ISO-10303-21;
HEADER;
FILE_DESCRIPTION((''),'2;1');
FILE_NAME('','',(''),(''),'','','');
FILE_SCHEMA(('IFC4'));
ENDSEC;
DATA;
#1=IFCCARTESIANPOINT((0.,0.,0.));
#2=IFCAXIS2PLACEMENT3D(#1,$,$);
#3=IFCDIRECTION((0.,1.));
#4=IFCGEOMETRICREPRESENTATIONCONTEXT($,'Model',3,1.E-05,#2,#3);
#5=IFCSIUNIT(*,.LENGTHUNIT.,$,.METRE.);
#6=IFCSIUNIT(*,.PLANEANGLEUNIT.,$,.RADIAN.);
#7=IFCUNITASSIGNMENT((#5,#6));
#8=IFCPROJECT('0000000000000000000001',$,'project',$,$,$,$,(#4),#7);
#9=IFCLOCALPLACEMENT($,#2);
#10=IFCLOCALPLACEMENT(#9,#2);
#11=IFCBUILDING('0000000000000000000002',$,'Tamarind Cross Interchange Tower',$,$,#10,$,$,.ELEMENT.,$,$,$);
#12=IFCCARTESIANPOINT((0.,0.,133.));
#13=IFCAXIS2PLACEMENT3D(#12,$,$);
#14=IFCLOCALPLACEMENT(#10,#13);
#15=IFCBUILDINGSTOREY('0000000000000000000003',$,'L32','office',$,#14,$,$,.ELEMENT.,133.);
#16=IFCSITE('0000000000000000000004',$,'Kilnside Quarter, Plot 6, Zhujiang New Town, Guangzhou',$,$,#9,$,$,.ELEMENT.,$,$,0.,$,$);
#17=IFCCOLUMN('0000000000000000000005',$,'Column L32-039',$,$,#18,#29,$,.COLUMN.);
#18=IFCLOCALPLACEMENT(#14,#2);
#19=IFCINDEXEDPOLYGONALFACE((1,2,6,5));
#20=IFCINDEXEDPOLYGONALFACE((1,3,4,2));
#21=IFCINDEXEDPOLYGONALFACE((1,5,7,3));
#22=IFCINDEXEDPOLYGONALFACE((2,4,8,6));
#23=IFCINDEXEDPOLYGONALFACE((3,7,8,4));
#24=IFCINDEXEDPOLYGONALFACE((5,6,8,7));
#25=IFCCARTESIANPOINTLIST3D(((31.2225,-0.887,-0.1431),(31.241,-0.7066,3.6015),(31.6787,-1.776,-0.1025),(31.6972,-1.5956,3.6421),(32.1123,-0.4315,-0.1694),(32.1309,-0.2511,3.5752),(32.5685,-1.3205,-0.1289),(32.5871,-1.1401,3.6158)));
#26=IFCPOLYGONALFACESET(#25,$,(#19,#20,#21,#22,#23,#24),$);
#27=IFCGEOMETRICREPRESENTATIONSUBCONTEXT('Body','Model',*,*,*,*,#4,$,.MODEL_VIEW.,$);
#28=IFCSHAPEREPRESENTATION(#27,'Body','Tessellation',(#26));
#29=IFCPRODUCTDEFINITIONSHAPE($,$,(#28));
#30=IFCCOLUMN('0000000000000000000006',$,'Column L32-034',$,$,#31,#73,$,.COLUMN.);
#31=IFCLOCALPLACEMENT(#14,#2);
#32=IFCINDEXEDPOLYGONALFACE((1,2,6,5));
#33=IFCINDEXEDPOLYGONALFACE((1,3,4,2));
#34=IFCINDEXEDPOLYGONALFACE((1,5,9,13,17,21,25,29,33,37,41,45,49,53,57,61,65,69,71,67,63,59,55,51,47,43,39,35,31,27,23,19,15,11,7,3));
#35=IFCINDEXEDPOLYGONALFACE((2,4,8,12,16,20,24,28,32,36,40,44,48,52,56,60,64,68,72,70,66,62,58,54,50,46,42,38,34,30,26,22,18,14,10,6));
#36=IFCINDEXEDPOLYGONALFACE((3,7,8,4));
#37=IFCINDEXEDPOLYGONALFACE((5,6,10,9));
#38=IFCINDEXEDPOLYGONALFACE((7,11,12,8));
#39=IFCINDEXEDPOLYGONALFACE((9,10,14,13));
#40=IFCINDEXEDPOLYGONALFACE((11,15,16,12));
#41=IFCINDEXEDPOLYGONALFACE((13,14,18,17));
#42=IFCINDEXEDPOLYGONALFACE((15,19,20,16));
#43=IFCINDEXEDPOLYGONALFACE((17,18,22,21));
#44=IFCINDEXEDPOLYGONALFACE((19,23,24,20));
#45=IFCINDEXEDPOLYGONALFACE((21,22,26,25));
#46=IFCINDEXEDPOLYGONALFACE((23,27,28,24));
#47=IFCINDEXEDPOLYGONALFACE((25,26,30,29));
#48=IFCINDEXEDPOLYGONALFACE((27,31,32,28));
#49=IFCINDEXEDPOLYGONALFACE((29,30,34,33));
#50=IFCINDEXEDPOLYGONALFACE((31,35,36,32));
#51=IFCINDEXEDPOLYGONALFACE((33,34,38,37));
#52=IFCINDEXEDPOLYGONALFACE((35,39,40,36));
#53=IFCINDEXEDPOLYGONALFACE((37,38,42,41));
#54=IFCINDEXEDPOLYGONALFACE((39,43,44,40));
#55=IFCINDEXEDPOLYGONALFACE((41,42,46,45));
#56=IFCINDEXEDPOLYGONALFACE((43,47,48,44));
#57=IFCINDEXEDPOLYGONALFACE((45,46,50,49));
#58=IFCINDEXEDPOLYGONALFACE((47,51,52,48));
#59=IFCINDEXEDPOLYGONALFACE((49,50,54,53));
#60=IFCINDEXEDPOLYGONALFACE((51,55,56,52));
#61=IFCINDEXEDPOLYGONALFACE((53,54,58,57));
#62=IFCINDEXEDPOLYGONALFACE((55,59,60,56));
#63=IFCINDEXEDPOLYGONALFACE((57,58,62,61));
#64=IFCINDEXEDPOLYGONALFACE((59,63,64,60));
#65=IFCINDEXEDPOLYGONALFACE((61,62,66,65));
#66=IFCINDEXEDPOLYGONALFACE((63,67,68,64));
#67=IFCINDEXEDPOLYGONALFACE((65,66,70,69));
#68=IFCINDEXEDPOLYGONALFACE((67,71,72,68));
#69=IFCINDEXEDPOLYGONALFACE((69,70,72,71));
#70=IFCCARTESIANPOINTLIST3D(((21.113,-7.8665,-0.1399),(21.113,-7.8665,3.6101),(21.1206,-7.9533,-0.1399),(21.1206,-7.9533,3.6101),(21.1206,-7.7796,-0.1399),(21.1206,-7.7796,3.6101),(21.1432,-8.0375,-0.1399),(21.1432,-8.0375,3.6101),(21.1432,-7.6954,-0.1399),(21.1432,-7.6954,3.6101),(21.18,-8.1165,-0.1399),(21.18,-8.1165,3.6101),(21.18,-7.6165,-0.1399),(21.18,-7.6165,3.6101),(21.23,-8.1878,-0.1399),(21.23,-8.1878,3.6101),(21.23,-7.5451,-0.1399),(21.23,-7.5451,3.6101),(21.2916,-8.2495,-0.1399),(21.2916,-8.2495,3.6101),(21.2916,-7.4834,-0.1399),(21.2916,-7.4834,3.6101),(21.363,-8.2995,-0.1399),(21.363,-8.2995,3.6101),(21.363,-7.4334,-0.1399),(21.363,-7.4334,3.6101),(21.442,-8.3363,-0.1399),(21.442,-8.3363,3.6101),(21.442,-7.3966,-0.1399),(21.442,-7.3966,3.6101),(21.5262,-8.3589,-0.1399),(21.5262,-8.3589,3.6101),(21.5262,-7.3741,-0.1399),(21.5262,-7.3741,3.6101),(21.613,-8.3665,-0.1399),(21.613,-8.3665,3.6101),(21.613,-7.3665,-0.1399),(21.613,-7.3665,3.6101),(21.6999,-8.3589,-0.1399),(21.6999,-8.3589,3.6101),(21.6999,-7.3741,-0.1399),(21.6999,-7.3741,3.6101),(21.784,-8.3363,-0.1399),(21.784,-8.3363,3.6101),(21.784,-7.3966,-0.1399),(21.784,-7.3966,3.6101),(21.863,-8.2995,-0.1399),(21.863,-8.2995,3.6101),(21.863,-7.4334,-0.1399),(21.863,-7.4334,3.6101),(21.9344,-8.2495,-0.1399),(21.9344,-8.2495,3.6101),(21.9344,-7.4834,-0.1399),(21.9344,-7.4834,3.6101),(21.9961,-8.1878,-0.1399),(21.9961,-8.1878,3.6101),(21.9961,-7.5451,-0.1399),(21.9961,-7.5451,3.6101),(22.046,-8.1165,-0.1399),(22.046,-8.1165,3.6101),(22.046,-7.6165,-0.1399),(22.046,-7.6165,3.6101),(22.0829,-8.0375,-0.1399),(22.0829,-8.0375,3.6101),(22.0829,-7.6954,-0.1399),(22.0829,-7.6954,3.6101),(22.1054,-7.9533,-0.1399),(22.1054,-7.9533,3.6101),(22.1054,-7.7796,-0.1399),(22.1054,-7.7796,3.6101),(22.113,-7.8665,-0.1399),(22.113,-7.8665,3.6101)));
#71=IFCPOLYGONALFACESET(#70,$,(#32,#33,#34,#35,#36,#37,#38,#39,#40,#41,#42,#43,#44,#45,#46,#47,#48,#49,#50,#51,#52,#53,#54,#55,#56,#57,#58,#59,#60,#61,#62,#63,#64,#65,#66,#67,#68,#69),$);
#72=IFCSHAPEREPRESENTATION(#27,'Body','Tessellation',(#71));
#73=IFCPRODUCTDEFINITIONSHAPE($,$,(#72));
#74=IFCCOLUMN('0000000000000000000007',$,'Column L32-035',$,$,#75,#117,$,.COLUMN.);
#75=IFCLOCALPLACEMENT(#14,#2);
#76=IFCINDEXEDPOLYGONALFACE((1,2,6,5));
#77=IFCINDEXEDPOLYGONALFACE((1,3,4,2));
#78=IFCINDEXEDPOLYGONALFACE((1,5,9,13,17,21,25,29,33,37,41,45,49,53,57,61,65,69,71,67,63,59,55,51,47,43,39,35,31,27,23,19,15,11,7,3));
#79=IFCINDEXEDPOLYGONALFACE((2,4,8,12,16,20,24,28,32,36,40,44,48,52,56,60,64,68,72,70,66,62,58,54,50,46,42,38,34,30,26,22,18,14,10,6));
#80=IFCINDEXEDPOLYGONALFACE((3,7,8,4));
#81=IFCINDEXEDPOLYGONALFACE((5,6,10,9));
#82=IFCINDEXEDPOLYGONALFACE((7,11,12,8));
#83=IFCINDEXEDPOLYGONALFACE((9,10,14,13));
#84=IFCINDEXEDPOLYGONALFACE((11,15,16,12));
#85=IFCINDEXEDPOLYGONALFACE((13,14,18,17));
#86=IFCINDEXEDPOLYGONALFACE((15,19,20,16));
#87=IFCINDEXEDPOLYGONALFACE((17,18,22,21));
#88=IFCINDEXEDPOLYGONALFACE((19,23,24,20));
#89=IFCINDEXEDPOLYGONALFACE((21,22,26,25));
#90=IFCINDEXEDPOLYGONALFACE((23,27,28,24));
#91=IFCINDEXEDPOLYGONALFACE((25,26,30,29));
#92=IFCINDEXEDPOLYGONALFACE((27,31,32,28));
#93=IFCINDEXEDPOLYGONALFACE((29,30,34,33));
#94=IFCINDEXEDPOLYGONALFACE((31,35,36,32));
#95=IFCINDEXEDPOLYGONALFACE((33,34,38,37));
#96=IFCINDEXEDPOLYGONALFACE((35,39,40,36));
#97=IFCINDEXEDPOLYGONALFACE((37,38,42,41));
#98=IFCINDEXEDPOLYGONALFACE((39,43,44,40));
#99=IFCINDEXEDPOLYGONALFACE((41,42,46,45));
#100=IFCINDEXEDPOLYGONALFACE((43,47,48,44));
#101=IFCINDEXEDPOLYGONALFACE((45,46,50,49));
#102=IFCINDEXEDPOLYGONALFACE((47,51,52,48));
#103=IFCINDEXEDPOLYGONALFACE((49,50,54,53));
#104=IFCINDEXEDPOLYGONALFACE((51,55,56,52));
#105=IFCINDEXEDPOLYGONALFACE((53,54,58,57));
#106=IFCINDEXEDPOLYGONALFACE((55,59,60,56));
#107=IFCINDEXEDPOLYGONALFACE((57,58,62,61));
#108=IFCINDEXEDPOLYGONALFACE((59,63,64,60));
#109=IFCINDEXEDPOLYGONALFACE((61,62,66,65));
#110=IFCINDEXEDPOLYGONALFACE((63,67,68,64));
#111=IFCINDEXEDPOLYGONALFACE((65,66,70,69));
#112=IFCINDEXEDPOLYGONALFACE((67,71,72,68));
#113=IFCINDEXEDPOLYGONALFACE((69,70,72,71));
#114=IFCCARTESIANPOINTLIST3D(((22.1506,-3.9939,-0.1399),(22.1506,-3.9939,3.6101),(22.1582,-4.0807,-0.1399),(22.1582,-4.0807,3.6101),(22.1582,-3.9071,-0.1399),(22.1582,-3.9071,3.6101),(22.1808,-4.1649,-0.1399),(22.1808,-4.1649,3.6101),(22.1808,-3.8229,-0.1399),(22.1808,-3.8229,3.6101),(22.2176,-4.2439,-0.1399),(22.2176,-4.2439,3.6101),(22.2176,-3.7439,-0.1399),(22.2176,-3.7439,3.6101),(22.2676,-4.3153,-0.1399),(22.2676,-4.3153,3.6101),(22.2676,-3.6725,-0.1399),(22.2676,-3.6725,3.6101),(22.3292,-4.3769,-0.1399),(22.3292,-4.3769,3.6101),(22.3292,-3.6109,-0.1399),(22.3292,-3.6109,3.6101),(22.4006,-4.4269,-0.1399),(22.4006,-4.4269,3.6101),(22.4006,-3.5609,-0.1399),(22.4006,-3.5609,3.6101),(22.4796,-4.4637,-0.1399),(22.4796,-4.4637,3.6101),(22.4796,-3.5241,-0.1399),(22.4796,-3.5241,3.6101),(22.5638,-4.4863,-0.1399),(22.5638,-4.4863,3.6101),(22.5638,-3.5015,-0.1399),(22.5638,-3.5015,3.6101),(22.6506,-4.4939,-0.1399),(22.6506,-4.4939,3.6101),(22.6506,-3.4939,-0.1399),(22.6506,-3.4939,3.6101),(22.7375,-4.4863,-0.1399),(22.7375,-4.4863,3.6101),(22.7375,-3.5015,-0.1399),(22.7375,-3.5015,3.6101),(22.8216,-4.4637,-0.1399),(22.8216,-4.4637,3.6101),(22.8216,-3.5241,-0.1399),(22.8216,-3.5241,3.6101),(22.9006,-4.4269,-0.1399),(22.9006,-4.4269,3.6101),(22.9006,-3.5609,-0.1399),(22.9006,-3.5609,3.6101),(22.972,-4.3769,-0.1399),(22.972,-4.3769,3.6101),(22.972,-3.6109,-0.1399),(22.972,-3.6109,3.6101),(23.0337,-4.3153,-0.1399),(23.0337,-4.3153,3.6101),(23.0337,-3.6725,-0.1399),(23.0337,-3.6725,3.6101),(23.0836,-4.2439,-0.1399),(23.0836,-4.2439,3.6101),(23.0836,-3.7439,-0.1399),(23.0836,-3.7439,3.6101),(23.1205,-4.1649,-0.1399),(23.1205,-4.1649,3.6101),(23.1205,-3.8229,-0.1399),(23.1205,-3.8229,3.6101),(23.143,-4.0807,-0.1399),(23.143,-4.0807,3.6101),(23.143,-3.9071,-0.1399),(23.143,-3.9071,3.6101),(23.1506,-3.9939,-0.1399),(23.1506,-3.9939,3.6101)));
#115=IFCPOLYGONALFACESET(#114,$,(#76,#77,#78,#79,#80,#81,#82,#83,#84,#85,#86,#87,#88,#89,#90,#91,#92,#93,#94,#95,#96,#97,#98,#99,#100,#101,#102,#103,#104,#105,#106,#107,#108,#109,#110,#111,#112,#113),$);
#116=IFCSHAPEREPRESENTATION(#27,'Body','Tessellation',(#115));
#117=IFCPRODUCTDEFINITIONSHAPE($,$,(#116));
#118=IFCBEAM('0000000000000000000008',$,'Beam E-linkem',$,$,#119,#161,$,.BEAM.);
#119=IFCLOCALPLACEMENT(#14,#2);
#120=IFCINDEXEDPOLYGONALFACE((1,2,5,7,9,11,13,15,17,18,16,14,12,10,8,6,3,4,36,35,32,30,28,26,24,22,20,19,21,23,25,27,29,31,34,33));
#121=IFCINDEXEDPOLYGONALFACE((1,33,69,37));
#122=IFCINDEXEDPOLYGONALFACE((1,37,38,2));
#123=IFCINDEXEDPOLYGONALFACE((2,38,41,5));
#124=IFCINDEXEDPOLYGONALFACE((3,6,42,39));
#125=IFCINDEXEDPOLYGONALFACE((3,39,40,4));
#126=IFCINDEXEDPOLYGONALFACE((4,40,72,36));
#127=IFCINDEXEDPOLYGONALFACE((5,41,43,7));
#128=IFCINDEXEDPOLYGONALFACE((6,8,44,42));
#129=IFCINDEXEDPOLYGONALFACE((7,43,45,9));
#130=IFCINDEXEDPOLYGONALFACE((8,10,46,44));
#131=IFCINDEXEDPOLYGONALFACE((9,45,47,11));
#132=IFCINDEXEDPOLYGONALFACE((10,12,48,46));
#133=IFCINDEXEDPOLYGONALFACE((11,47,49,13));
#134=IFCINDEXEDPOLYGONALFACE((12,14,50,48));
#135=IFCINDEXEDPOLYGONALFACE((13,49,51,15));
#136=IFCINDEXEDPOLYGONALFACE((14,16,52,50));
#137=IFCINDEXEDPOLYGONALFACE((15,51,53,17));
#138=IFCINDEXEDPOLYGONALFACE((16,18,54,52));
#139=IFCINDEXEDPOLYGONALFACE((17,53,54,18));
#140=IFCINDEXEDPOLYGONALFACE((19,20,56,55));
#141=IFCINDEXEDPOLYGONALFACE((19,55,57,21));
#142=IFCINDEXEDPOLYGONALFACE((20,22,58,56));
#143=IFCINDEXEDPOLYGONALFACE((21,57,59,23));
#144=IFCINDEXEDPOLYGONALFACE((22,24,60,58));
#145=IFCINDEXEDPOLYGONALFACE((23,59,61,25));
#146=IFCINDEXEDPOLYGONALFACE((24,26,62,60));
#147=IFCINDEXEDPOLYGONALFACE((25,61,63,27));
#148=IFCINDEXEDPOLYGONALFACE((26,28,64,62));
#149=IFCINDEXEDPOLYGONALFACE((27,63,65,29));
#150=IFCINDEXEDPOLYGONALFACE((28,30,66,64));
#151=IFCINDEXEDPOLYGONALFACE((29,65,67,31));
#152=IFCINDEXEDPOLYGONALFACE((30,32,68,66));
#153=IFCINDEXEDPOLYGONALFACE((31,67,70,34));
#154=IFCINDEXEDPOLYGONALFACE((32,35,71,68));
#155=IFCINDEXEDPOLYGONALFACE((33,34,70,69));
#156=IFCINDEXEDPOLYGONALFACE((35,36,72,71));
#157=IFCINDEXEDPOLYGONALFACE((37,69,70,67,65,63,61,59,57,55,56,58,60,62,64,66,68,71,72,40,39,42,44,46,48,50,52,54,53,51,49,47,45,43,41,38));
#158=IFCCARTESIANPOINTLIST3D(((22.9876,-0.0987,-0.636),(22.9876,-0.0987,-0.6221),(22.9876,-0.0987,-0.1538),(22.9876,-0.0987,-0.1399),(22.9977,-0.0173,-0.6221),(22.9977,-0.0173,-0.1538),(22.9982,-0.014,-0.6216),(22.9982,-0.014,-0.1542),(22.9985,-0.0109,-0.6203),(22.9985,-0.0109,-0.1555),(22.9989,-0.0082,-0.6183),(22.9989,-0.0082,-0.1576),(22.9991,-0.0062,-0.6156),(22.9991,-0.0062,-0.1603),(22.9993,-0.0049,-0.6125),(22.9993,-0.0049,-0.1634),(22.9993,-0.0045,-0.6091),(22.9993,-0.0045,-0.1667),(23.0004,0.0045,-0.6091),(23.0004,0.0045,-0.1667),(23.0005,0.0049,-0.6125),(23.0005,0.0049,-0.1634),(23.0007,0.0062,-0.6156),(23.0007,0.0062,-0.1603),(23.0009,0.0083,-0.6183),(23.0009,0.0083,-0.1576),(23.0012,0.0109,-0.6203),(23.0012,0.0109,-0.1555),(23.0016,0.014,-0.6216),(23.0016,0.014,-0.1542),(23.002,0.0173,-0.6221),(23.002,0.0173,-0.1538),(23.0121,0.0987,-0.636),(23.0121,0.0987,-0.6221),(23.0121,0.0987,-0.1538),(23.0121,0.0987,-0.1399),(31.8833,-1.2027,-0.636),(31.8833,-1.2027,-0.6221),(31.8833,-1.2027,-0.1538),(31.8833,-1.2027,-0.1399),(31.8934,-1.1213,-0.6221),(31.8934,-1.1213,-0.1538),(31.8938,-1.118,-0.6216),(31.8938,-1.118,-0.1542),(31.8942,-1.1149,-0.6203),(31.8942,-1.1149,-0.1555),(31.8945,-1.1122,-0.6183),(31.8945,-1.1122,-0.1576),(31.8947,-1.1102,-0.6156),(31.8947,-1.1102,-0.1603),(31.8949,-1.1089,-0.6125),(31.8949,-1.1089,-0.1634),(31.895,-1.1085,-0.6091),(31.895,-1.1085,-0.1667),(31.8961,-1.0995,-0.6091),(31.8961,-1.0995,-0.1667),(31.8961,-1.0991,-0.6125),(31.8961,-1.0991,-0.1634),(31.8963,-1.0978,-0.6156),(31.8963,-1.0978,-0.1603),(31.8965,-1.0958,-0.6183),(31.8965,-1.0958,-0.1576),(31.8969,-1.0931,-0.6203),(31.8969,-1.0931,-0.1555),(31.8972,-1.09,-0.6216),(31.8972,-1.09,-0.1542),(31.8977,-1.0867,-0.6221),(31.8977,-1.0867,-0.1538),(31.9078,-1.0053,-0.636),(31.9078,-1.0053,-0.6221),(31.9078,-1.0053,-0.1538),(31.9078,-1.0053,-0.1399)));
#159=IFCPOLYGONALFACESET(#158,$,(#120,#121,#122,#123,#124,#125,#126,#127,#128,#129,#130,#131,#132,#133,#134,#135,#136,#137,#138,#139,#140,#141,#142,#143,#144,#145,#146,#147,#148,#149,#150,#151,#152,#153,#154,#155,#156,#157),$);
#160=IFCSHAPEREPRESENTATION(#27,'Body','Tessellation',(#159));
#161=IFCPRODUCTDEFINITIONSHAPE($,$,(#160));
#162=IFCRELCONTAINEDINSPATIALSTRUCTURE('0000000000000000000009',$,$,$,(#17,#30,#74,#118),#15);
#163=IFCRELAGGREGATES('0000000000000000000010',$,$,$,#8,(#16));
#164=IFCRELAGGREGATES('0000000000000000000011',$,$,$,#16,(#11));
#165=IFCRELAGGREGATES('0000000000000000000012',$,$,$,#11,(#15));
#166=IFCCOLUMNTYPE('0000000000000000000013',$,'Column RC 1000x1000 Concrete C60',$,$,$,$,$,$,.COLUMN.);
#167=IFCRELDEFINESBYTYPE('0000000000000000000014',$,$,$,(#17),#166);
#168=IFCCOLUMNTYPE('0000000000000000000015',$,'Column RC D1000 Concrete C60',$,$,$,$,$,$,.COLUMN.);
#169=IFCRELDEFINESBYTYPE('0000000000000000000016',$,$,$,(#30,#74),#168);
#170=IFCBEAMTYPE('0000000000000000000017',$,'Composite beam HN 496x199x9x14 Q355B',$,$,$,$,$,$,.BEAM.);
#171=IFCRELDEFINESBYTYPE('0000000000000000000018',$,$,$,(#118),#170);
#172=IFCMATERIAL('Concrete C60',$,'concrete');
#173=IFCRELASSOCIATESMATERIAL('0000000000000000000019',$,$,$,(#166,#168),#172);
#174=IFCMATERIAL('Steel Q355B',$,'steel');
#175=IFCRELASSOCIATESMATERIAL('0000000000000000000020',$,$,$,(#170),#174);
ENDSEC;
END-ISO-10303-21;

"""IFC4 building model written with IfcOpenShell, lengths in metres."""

from ifc_helpers import new_model, si_unit, direction, frame, origin, origin_2d, place, context, subcontext, project, spatial, rectangle, circle, i_section, extrude, material, material_profile, profile_set, type_object, element, save


model = new_model("IFC4")

# Units and contexts
model_context = context("Model", 3, precision=1e-05, world=origin(), true_north=direction((0.0, 1.0)))
body_context = subcontext(model_context, "Body", "Model", "MODEL_VIEW")
ifc_project = project(units=[si_unit("LENGTHUNIT", "METRE"), si_unit("PLANEANGLEUNIT", "RADIAN")], contexts=[model_context])

# Site, building, storey
site_placement = place(None, origin())
site = spatial("IfcSite", under=ifc_project, at=site_placement, Name="Kilnside Quarter, Plot 6, Zhujiang New Town, Guangzhou", CompositionType="ELEMENT", RefElevation=0.0)
building_placement = place(site_placement, origin())
building = spatial("IfcBuilding", under=site, at=building_placement, Name="Tamarind Cross Interchange Tower", CompositionType="ELEMENT")
storey_placement = place(building_placement, frame((0.0, 0.0, 133.0)))
storey = spatial("IfcBuildingStorey", under=building, at=storey_placement, Name="L32", Description="office", CompositionType="ELEMENT", Elevation=133.0)

# Columns
ifc_material_1 = material(Name="Concrete C60", Category="concrete")
ifc_material_profile_1 = material_profile(ifc_material_1, rectangle(XDim=1.0, YDim=1.0, at=origin_2d()), Name="RC 1000x1000")
ifc_profile_set_1 = profile_set([ifc_material_profile_1], Name="Concrete C60")
column_type_1 = type_object("IfcColumnType", Name="Column RC 1000x1000 Concrete C60", PredefinedType="COLUMN", material=ifc_profile_set_1)
column_placement = place(storey_placement, frame((31.8955, -1.1038, -0.136), z_axis=(0.004949, 0.048125, 0.998829), x_axis=(-0.889859, -0.455475, 0.026354)))
element("IfcColumn", 1, at=column_placement, inside=storey, type_object=column_type_1, Name="Column L32-039", PredefinedType="COLUMN", context=body_context, shape_type="SweptSolid", body=[
    extrude(rectangle(XDim=1.0, YDim=1.0, at=origin_2d()), origin(), (0.0, 0.0, 1.0), 3.749),
])
ifc_material_profile_2 = material_profile(ifc_material_1, circle(Radius=0.5, at=origin_2d()), Name="RC D1000")
ifc_profile_set_2 = profile_set([ifc_material_profile_2], Name="Concrete C60")
column_type_2 = type_object("IfcColumnType", Name="Column RC D1000 Concrete C60", PredefinedType="COLUMN", material=ifc_profile_set_2)
for number, where, z_axis, x_axis, name in (
    (2, (21.613, -7.8665, -0.1399), (0.0, 0.0, 1.0), (1.0, 0.0, 0.0), "Column L32-034"),
    (3, (22.6506, -3.9939, -0.1399), (0.0, 0.0, 1.0), (1.0, 0.0, 0.0), "Column L32-035"),
):
    element("IfcColumn", number, at=place(storey_placement, frame(where, z_axis=z_axis, x_axis=x_axis)), inside=storey, type_object=column_type_2, Name=name, PredefinedType="COLUMN", context=body_context, shape_type="SweptSolid", body=[
        extrude(circle(Radius=0.5, at=origin_2d()), origin(), (0.0, 0.0, 1.0), 3.75),
    ])

# Beam
ifc_material_2 = material(Name="Steel Q355B", Category="steel")
ifc_material_profile_3 = material_profile(ifc_material_2, i_section(OverallWidth=0.199, OverallDepth=0.4961, WebThickness=0.009, FlangeThickness=0.0139, FilletRadius=0.0129, at=origin_2d()), Name="HN 496x199x9x14")
ifc_profile_set_3 = profile_set([ifc_material_profile_3], Name="Steel Q355B")
beam_type_1 = type_object("IfcBeamType", Name="Composite beam HN 496x199x9x14 Q355B", PredefinedType="BEAM", material=ifc_profile_set_3)
beam_1_placement = place(storey_placement, frame((31.8955, -1.104, -0.3879), z_axis=(-0.992386, 0.123163, 0.0), x_axis=(-0.123163, -0.992386, 0.0)))
element("IfcBeam", 4, at=beam_1_placement, inside=storey, type_object=beam_type_1, Name="Beam E-linkem", PredefinedType="BEAM", context=body_context, shape_type="SweptSolid", body=[
    extrude(i_section(OverallWidth=0.199, OverallDepth=0.4961, WebThickness=0.009, FlangeThickness=0.0139, FilletRadius=0.0129, at=origin_2d()), origin(), (0.0, 0.0, 1.0), 8.9639),
])

save(model, "model.ifc")
